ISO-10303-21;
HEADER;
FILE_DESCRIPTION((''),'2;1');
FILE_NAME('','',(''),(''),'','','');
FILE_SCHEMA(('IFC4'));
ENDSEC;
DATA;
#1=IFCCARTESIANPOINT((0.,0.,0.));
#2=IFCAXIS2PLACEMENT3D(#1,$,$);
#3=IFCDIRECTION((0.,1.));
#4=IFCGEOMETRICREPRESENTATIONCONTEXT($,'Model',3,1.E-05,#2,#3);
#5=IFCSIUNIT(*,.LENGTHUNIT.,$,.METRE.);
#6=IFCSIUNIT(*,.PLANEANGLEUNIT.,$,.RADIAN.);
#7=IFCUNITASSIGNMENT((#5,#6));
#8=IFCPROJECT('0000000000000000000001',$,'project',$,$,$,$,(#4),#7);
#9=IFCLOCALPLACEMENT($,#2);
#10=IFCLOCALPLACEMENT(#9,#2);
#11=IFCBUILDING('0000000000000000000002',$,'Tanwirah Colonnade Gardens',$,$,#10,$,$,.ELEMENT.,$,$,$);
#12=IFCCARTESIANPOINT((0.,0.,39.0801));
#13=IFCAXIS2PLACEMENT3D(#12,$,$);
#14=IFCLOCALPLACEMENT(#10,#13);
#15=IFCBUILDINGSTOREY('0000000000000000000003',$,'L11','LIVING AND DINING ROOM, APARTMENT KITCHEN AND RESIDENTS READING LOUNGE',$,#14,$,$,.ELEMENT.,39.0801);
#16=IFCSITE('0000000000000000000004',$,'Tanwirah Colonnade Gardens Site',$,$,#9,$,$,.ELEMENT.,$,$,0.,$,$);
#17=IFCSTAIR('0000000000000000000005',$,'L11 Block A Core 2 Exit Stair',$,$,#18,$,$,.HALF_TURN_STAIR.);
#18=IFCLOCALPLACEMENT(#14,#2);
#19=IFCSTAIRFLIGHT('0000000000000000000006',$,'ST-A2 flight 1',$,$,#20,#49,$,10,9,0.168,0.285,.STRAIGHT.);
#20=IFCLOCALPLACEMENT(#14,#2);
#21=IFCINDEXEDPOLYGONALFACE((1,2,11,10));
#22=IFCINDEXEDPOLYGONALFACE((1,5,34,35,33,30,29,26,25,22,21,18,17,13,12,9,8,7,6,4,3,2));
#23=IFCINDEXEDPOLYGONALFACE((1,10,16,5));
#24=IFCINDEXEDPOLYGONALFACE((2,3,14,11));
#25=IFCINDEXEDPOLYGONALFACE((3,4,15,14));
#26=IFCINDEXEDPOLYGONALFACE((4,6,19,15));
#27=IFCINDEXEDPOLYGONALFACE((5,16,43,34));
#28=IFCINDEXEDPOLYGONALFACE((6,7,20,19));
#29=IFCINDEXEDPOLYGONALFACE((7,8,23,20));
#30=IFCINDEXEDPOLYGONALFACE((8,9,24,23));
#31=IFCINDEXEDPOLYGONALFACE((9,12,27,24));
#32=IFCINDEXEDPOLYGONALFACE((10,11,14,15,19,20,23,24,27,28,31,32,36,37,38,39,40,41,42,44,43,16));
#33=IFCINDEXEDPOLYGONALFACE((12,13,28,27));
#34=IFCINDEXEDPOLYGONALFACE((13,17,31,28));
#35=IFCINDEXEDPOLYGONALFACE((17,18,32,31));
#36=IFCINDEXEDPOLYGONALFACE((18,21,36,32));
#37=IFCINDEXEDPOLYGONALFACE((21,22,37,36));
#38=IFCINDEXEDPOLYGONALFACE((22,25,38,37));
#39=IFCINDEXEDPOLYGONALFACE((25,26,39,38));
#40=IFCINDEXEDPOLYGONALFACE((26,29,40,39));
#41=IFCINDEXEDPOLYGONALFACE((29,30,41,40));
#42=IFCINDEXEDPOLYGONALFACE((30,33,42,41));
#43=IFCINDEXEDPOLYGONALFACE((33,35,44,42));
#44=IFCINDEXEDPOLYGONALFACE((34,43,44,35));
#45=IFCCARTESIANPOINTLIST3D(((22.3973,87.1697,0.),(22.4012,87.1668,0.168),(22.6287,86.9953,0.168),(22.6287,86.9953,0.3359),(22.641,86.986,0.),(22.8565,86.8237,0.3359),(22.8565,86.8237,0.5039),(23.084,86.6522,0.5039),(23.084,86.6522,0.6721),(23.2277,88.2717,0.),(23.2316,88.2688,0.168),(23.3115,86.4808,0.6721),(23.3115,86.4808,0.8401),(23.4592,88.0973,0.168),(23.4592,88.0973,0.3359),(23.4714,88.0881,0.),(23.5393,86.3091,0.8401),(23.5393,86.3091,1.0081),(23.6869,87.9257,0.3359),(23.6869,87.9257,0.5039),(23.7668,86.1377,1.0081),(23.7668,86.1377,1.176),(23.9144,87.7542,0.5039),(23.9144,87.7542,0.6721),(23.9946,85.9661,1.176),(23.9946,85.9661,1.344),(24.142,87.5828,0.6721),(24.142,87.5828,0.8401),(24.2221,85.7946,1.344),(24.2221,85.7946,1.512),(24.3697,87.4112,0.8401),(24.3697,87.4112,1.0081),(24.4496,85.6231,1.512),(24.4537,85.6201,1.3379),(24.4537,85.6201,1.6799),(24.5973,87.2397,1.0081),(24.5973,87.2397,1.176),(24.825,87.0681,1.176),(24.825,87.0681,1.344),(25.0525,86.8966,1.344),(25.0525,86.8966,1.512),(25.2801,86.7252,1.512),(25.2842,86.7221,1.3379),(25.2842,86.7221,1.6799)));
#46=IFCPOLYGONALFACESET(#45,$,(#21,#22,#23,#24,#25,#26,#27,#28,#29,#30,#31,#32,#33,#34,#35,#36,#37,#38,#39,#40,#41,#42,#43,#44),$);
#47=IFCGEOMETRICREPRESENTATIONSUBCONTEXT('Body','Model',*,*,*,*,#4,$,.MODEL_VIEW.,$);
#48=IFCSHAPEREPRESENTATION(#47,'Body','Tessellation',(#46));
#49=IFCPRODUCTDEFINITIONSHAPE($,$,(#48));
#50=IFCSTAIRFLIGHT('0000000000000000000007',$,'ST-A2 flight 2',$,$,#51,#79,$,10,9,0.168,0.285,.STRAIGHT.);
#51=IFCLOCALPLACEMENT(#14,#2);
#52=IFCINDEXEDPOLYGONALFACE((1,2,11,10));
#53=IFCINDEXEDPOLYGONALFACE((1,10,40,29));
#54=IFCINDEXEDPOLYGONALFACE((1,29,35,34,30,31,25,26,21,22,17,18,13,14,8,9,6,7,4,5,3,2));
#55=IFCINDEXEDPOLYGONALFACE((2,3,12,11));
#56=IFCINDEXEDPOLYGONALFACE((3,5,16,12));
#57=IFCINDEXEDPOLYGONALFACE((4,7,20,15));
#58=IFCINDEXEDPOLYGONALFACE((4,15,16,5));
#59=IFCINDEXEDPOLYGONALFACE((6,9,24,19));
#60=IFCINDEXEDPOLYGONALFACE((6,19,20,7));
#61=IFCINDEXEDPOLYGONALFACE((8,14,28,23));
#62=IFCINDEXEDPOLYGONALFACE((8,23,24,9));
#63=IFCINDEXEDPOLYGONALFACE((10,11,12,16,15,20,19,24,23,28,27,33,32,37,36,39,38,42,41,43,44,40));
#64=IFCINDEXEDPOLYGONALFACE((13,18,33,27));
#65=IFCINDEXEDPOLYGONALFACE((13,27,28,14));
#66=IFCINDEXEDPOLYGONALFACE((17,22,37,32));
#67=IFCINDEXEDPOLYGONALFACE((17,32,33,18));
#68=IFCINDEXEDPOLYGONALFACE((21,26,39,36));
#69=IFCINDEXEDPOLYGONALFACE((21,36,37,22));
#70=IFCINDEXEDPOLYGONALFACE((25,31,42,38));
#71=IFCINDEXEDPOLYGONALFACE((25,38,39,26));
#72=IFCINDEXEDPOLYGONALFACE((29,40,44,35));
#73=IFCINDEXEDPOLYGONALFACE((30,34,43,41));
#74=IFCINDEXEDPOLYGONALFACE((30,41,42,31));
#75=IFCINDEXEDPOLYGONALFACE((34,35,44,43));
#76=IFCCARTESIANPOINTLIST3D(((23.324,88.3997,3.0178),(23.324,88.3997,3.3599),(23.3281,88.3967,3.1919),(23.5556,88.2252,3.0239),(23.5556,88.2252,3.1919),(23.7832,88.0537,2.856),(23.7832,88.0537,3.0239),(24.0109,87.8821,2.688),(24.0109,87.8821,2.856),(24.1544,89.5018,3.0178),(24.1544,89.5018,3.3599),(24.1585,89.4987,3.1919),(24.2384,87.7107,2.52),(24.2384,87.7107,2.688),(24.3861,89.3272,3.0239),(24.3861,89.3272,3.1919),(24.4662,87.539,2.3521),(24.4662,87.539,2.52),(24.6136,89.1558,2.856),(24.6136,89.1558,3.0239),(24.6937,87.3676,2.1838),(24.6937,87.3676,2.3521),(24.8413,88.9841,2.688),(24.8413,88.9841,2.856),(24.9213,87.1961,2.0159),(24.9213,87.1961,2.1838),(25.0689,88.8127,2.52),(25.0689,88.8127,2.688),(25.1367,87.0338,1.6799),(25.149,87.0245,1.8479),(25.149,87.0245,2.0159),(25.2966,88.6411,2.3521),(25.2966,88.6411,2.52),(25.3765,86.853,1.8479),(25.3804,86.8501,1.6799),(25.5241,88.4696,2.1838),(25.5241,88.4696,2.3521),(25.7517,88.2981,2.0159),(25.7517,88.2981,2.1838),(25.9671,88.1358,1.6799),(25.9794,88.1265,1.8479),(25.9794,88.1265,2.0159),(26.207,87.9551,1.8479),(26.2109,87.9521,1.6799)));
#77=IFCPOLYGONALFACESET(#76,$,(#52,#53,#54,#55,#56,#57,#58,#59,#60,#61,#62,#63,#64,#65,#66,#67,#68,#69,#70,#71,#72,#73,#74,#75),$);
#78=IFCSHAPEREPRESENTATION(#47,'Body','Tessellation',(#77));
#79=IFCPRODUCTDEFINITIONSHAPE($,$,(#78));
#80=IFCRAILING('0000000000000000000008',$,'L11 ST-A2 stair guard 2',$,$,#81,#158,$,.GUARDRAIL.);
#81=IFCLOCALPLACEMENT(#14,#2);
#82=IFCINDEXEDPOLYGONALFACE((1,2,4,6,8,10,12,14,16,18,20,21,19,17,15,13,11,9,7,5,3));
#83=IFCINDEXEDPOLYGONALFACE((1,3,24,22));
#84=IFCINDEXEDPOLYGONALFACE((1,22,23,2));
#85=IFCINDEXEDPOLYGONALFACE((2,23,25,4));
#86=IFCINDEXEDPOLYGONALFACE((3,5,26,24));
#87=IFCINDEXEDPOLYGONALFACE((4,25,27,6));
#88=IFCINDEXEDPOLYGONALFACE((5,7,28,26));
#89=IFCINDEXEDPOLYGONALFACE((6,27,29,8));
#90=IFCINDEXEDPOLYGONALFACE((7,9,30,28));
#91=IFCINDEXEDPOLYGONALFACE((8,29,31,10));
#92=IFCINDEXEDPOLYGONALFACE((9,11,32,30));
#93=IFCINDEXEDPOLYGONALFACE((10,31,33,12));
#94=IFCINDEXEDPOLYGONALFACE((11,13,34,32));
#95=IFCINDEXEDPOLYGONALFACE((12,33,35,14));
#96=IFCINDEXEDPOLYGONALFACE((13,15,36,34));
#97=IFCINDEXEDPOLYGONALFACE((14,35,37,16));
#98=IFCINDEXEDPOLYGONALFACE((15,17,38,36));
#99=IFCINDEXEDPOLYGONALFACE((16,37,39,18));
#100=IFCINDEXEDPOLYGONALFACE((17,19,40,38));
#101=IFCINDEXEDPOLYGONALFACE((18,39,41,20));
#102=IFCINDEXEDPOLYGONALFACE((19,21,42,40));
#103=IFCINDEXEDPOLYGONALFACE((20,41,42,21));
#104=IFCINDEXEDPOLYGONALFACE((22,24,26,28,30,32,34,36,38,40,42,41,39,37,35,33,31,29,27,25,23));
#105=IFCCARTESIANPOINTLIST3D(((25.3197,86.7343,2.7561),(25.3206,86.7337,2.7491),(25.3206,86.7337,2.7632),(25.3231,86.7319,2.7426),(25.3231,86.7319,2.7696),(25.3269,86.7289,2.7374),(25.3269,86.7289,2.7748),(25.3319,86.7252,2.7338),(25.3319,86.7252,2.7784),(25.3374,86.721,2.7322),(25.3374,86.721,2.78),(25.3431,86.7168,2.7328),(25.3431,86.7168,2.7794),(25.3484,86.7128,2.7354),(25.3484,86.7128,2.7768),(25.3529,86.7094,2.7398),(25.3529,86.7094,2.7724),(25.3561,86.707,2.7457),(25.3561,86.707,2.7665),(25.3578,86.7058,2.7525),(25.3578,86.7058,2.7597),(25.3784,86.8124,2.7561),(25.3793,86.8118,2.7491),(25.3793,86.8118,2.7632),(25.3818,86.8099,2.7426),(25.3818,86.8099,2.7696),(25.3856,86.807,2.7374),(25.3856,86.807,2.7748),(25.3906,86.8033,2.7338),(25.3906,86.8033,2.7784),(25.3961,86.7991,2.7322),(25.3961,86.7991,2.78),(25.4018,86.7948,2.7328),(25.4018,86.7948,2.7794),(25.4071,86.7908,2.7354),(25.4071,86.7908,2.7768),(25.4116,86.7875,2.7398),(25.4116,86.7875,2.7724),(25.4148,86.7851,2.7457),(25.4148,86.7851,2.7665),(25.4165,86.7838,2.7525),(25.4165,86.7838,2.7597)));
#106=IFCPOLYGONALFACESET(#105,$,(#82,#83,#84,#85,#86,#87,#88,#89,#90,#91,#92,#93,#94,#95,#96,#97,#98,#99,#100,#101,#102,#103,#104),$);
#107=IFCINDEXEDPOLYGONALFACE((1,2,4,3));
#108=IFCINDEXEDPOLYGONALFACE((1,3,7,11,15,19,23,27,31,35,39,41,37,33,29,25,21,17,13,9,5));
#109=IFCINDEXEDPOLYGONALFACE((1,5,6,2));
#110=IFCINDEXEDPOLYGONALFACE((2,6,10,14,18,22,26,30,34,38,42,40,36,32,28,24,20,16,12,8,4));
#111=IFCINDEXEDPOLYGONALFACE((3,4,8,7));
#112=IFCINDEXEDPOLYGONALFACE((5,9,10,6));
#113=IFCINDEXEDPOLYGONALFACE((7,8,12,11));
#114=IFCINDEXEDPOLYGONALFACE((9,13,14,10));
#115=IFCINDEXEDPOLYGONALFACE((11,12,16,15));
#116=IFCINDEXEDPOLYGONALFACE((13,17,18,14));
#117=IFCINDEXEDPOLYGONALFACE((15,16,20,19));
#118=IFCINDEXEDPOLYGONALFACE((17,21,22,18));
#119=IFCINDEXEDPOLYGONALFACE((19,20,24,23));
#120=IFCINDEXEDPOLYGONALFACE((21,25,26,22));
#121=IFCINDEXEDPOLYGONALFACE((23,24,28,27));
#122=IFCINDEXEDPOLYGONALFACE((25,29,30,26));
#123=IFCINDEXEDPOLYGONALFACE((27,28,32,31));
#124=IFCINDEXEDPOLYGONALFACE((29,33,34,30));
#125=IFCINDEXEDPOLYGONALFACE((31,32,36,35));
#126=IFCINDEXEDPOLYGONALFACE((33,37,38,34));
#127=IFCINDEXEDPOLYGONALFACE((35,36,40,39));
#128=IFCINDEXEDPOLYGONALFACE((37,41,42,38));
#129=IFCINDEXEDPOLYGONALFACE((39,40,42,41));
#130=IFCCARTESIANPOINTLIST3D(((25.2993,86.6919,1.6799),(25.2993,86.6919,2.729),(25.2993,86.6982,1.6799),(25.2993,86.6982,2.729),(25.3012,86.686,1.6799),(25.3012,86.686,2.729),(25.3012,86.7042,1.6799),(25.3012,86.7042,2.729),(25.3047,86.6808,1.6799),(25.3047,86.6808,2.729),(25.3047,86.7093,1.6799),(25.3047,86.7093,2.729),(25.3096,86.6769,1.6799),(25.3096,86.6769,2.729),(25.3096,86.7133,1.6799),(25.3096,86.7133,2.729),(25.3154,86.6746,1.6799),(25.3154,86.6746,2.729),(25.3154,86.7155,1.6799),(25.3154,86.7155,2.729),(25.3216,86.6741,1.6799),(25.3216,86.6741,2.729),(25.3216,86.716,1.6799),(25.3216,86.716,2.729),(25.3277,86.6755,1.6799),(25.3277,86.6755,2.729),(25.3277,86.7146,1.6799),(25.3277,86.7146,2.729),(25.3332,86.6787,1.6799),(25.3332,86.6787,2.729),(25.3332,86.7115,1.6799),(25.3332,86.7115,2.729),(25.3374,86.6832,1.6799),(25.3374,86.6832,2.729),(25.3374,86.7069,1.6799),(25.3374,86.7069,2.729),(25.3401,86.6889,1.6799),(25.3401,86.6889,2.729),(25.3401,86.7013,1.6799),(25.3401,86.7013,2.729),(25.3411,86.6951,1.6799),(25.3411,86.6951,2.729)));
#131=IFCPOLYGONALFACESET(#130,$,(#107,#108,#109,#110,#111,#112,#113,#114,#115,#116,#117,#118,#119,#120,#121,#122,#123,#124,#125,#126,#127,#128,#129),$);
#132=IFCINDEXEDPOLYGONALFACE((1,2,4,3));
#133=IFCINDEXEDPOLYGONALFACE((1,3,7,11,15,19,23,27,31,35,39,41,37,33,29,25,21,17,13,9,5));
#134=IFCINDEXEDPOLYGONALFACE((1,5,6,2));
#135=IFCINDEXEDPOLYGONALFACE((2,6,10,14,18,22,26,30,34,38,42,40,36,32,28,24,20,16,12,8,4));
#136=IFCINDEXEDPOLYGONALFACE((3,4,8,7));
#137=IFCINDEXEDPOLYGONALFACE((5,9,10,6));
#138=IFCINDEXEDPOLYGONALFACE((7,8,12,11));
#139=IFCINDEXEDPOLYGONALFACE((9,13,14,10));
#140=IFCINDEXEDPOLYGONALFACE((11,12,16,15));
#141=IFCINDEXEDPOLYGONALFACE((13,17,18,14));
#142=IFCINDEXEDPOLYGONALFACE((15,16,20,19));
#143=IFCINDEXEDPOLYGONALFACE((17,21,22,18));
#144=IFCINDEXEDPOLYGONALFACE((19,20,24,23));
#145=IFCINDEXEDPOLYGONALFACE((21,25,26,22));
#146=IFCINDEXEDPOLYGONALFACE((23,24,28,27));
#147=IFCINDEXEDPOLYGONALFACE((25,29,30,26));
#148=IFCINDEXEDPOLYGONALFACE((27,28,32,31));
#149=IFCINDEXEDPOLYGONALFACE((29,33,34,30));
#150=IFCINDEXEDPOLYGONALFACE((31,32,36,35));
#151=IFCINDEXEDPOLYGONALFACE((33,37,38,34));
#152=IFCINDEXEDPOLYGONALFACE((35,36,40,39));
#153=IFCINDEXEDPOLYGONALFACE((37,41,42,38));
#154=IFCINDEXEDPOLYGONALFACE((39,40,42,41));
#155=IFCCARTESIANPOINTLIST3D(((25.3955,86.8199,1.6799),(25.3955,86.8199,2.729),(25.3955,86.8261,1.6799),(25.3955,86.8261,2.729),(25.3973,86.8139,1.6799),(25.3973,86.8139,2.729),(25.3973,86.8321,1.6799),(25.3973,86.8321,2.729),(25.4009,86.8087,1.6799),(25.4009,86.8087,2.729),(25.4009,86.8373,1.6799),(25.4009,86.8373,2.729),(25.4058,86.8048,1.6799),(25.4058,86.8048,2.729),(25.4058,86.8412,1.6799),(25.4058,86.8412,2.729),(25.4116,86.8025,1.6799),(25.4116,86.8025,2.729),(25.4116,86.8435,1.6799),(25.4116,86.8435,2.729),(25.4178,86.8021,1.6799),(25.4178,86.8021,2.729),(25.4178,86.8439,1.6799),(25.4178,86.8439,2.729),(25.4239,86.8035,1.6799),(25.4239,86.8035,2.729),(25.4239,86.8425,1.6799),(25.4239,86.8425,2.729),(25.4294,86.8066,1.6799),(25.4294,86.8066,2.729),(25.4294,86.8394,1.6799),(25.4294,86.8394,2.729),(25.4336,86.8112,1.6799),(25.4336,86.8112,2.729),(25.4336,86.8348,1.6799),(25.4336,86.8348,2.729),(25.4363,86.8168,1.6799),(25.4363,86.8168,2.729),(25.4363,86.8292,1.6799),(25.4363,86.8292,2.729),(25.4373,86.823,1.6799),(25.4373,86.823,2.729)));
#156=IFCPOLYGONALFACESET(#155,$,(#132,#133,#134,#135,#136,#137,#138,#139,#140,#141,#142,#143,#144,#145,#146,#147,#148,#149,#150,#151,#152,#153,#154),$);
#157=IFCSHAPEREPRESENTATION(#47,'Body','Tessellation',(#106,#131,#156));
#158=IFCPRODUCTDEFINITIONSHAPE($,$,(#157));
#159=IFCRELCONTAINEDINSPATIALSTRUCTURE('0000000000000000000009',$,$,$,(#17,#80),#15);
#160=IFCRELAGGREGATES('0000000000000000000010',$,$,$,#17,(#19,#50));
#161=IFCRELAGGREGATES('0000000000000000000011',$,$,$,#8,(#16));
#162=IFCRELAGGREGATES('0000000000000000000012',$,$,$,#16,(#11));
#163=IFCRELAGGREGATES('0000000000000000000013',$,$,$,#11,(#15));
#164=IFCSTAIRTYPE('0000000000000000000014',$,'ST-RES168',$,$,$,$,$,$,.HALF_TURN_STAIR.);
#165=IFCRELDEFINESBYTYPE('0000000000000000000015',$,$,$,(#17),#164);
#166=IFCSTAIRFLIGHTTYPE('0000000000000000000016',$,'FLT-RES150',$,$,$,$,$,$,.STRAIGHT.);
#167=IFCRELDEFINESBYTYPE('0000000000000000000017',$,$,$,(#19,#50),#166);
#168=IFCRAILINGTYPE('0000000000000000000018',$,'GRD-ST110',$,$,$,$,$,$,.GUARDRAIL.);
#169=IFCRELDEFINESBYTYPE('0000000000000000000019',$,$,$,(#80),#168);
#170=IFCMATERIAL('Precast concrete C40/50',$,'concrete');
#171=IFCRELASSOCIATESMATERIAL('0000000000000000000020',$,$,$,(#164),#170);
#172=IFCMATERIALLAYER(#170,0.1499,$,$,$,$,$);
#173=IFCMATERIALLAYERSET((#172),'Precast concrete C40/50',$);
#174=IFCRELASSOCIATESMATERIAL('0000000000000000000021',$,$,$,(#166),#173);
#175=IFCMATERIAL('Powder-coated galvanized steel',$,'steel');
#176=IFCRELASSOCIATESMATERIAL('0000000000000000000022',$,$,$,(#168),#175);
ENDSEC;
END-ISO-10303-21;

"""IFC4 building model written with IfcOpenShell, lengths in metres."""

from ifc_helpers import new_model, si_unit, direction, frame, origin, origin_2d, place, context, subcontext, project, spatial, polyline, circle, outline, extrude, material, layer, layer_set, type_object, element, aggregate, save


model = new_model("IFC4")

# Units and contexts
model_context = context("Model", 3, precision=1e-05, world=origin(), true_north=direction((0.0, 1.0)))
body_context = subcontext(model_context, "Body", "Model", "MODEL_VIEW")
ifc_project = project(units=[si_unit("LENGTHUNIT", "METRE"), si_unit("PLANEANGLEUNIT", "RADIAN")], contexts=[model_context])

# Site, building, storey
site_placement = place(None, origin())
site = spatial("IfcSite", under=ifc_project, at=site_placement, Name="Tanwirah Colonnade Gardens Site", CompositionType="ELEMENT", RefElevation=0.0)
building_placement = place(site_placement, origin())
building = spatial("IfcBuilding", under=site, at=building_placement, Name="Tanwirah Colonnade Gardens", CompositionType="ELEMENT")
storey_placement = place(building_placement, frame((0.0, 0.0, 39.0801)))
storey = spatial("IfcBuildingStorey", under=building, at=storey_placement, Name="L11", Description="LIVING AND DINING ROOM, APARTMENT KITCHEN AND RESIDENTS READING LOUNGE", CompositionType="ELEMENT", Elevation=39.0801)

# Shared definitions
ifc_material_1 = material(Name="Precast concrete C40/50", Category="concrete")

# Stair, stair flights
stair_type = type_object("IfcStairType", Name="ST-RES168", PredefinedType="HALF_TURN_STAIR", material=ifc_material_1)
stair_placement = place(storey_placement, origin())
stair = element("IfcStair", 1, at=stair_placement, inside=storey, type_object=stair_type, Name="L11 Block A Core 2 Exit Stair", PredefinedType="HALF_TURN_STAIR")
ifc_layer_1 = layer(ifc_material_1, 0.1499)
ifc_layer_set_1 = layer_set([ifc_layer_1], Name="Precast concrete C40/50")
stair_flight_type = type_object("IfcStairFlightType", Name="FLT-RES150", PredefinedType="STRAIGHT", material=ifc_layer_set_1)
stair_flight_1_placement = place(storey_placement, frame((22.8164, 87.7178, 0.0), z_axis=(0.0, 0.0, 1.0), x_axis=(0.798636, -0.601815, 0.0)))
stair_flight_1 = element("IfcStairFlight", 2, at=stair_flight_1_placement, type_object=stair_flight_type, Name="ST-A2 flight 1", NumberOfRisers=10, NumberOfTreads=9, PredefinedType="STRAIGHT", RiserHeight=0.168, TreadLength=0.285, context=body_context, shape_type="SweptSolid", body=[
    extrude(outline(polyline([(-0.0049, 0.0), (0.0, 0.168), (0.2849, 0.168), (0.2849, 0.3359), (0.5701, 0.3359), (0.5701, 0.5039), (0.855, 0.5039), (0.855, 0.6721), (1.1399, 0.6721), (1.1399, 0.8401), (1.425, 0.8401), (1.425, 1.0081), (1.71, 1.0081), (1.71, 1.176), (1.9951, 1.176), (1.9951, 1.344), (2.28, 1.344), (2.28, 1.512), (2.5649, 1.512), (2.5701, 1.6799), (2.5701, 1.3379), (0.3003, 0.0), (-0.0049, 0.0)])), frame((0.0, 0.6899, 0.0), z_axis=(0.0, -1.0, 0.0), x_axis=(1.0, 0.0, 0.0)), (0.0, 0.0, 1.0), 1.3799),
])
stair_flight_2_placement = place(storey_placement, frame((25.7917, 87.4041, 1.6799), z_axis=(0.0, 0.0, 1.0), x_axis=(-0.798636, 0.601815, 0.0)))
stair_flight_2 = element("IfcStairFlight", 3, at=stair_flight_2_placement, type_object=stair_flight_type, Name="ST-A2 flight 2", NumberOfRisers=10, NumberOfTreads=9, PredefinedType="STRAIGHT", RiserHeight=0.168, TreadLength=0.285, context=body_context, shape_type="SweptSolid", body=[
    extrude(outline(polyline([(-0.0049, 0.0), (0.0, 0.168), (0.2849, 0.168), (0.2849, 0.3359), (0.5701, 0.3359), (0.5701, 0.5039), (0.855, 0.5039), (0.855, 0.6721), (1.1399, 0.6721), (1.1399, 0.8401), (1.425, 0.8401), (1.425, 1.0081), (1.71, 1.0081), (1.71, 1.176), (1.9951, 1.176), (1.9951, 1.344), (2.28, 1.344), (2.28, 1.512), (2.5649, 1.512), (2.5701, 1.6799), (2.5701, 1.3379), (0.3003, 0.0), (-0.0049, 0.0)])), frame((0.0, 0.6899, 0.0), z_axis=(0.0, -1.0, 0.0), x_axis=(1.0, 0.0, 0.0)), (0.0, 0.0, 1.0), 1.3799),
])
aggregate(stair, [stair_flight_1, stair_flight_2])

# Railing
ifc_material_2 = material(Name="Powder-coated galvanized steel", Category="steel")
railing_type_1 = type_object("IfcRailingType", Name="GRD-ST110", PredefinedType="GUARDRAIL", material=ifc_material_2)
railing_1_placement = place(storey_placement, frame((25.3201, 86.6951, 1.6799)))
element("IfcRailing", 4, at=railing_1_placement, inside=storey, type_object=railing_type_1, Name="L11 ST-A2 stair guard 2", PredefinedType="GUARDRAIL", context=body_context, shape_type="SweptSolid", body=[
    extrude(circle(Radius=0.0239, at=origin_2d()), frame((0.0188, 0.0249, 1.0762), z_axis=(0.600976, 0.799267, 0.0), x_axis=(-0.799267, 0.600976, 0.0)), (0.0, 0.0, 1.0), 0.0977),
    extrude(circle(Radius=0.021, at=origin_2d()), origin(), (0.0, 0.0, 1.0), 1.0491),
    extrude(circle(Radius=0.021, at=origin_2d()), frame((0.0962, 0.1279, 0.0)), (0.0, 0.0, 1.0), 1.0491),
])

save(model, "model.ifc")
